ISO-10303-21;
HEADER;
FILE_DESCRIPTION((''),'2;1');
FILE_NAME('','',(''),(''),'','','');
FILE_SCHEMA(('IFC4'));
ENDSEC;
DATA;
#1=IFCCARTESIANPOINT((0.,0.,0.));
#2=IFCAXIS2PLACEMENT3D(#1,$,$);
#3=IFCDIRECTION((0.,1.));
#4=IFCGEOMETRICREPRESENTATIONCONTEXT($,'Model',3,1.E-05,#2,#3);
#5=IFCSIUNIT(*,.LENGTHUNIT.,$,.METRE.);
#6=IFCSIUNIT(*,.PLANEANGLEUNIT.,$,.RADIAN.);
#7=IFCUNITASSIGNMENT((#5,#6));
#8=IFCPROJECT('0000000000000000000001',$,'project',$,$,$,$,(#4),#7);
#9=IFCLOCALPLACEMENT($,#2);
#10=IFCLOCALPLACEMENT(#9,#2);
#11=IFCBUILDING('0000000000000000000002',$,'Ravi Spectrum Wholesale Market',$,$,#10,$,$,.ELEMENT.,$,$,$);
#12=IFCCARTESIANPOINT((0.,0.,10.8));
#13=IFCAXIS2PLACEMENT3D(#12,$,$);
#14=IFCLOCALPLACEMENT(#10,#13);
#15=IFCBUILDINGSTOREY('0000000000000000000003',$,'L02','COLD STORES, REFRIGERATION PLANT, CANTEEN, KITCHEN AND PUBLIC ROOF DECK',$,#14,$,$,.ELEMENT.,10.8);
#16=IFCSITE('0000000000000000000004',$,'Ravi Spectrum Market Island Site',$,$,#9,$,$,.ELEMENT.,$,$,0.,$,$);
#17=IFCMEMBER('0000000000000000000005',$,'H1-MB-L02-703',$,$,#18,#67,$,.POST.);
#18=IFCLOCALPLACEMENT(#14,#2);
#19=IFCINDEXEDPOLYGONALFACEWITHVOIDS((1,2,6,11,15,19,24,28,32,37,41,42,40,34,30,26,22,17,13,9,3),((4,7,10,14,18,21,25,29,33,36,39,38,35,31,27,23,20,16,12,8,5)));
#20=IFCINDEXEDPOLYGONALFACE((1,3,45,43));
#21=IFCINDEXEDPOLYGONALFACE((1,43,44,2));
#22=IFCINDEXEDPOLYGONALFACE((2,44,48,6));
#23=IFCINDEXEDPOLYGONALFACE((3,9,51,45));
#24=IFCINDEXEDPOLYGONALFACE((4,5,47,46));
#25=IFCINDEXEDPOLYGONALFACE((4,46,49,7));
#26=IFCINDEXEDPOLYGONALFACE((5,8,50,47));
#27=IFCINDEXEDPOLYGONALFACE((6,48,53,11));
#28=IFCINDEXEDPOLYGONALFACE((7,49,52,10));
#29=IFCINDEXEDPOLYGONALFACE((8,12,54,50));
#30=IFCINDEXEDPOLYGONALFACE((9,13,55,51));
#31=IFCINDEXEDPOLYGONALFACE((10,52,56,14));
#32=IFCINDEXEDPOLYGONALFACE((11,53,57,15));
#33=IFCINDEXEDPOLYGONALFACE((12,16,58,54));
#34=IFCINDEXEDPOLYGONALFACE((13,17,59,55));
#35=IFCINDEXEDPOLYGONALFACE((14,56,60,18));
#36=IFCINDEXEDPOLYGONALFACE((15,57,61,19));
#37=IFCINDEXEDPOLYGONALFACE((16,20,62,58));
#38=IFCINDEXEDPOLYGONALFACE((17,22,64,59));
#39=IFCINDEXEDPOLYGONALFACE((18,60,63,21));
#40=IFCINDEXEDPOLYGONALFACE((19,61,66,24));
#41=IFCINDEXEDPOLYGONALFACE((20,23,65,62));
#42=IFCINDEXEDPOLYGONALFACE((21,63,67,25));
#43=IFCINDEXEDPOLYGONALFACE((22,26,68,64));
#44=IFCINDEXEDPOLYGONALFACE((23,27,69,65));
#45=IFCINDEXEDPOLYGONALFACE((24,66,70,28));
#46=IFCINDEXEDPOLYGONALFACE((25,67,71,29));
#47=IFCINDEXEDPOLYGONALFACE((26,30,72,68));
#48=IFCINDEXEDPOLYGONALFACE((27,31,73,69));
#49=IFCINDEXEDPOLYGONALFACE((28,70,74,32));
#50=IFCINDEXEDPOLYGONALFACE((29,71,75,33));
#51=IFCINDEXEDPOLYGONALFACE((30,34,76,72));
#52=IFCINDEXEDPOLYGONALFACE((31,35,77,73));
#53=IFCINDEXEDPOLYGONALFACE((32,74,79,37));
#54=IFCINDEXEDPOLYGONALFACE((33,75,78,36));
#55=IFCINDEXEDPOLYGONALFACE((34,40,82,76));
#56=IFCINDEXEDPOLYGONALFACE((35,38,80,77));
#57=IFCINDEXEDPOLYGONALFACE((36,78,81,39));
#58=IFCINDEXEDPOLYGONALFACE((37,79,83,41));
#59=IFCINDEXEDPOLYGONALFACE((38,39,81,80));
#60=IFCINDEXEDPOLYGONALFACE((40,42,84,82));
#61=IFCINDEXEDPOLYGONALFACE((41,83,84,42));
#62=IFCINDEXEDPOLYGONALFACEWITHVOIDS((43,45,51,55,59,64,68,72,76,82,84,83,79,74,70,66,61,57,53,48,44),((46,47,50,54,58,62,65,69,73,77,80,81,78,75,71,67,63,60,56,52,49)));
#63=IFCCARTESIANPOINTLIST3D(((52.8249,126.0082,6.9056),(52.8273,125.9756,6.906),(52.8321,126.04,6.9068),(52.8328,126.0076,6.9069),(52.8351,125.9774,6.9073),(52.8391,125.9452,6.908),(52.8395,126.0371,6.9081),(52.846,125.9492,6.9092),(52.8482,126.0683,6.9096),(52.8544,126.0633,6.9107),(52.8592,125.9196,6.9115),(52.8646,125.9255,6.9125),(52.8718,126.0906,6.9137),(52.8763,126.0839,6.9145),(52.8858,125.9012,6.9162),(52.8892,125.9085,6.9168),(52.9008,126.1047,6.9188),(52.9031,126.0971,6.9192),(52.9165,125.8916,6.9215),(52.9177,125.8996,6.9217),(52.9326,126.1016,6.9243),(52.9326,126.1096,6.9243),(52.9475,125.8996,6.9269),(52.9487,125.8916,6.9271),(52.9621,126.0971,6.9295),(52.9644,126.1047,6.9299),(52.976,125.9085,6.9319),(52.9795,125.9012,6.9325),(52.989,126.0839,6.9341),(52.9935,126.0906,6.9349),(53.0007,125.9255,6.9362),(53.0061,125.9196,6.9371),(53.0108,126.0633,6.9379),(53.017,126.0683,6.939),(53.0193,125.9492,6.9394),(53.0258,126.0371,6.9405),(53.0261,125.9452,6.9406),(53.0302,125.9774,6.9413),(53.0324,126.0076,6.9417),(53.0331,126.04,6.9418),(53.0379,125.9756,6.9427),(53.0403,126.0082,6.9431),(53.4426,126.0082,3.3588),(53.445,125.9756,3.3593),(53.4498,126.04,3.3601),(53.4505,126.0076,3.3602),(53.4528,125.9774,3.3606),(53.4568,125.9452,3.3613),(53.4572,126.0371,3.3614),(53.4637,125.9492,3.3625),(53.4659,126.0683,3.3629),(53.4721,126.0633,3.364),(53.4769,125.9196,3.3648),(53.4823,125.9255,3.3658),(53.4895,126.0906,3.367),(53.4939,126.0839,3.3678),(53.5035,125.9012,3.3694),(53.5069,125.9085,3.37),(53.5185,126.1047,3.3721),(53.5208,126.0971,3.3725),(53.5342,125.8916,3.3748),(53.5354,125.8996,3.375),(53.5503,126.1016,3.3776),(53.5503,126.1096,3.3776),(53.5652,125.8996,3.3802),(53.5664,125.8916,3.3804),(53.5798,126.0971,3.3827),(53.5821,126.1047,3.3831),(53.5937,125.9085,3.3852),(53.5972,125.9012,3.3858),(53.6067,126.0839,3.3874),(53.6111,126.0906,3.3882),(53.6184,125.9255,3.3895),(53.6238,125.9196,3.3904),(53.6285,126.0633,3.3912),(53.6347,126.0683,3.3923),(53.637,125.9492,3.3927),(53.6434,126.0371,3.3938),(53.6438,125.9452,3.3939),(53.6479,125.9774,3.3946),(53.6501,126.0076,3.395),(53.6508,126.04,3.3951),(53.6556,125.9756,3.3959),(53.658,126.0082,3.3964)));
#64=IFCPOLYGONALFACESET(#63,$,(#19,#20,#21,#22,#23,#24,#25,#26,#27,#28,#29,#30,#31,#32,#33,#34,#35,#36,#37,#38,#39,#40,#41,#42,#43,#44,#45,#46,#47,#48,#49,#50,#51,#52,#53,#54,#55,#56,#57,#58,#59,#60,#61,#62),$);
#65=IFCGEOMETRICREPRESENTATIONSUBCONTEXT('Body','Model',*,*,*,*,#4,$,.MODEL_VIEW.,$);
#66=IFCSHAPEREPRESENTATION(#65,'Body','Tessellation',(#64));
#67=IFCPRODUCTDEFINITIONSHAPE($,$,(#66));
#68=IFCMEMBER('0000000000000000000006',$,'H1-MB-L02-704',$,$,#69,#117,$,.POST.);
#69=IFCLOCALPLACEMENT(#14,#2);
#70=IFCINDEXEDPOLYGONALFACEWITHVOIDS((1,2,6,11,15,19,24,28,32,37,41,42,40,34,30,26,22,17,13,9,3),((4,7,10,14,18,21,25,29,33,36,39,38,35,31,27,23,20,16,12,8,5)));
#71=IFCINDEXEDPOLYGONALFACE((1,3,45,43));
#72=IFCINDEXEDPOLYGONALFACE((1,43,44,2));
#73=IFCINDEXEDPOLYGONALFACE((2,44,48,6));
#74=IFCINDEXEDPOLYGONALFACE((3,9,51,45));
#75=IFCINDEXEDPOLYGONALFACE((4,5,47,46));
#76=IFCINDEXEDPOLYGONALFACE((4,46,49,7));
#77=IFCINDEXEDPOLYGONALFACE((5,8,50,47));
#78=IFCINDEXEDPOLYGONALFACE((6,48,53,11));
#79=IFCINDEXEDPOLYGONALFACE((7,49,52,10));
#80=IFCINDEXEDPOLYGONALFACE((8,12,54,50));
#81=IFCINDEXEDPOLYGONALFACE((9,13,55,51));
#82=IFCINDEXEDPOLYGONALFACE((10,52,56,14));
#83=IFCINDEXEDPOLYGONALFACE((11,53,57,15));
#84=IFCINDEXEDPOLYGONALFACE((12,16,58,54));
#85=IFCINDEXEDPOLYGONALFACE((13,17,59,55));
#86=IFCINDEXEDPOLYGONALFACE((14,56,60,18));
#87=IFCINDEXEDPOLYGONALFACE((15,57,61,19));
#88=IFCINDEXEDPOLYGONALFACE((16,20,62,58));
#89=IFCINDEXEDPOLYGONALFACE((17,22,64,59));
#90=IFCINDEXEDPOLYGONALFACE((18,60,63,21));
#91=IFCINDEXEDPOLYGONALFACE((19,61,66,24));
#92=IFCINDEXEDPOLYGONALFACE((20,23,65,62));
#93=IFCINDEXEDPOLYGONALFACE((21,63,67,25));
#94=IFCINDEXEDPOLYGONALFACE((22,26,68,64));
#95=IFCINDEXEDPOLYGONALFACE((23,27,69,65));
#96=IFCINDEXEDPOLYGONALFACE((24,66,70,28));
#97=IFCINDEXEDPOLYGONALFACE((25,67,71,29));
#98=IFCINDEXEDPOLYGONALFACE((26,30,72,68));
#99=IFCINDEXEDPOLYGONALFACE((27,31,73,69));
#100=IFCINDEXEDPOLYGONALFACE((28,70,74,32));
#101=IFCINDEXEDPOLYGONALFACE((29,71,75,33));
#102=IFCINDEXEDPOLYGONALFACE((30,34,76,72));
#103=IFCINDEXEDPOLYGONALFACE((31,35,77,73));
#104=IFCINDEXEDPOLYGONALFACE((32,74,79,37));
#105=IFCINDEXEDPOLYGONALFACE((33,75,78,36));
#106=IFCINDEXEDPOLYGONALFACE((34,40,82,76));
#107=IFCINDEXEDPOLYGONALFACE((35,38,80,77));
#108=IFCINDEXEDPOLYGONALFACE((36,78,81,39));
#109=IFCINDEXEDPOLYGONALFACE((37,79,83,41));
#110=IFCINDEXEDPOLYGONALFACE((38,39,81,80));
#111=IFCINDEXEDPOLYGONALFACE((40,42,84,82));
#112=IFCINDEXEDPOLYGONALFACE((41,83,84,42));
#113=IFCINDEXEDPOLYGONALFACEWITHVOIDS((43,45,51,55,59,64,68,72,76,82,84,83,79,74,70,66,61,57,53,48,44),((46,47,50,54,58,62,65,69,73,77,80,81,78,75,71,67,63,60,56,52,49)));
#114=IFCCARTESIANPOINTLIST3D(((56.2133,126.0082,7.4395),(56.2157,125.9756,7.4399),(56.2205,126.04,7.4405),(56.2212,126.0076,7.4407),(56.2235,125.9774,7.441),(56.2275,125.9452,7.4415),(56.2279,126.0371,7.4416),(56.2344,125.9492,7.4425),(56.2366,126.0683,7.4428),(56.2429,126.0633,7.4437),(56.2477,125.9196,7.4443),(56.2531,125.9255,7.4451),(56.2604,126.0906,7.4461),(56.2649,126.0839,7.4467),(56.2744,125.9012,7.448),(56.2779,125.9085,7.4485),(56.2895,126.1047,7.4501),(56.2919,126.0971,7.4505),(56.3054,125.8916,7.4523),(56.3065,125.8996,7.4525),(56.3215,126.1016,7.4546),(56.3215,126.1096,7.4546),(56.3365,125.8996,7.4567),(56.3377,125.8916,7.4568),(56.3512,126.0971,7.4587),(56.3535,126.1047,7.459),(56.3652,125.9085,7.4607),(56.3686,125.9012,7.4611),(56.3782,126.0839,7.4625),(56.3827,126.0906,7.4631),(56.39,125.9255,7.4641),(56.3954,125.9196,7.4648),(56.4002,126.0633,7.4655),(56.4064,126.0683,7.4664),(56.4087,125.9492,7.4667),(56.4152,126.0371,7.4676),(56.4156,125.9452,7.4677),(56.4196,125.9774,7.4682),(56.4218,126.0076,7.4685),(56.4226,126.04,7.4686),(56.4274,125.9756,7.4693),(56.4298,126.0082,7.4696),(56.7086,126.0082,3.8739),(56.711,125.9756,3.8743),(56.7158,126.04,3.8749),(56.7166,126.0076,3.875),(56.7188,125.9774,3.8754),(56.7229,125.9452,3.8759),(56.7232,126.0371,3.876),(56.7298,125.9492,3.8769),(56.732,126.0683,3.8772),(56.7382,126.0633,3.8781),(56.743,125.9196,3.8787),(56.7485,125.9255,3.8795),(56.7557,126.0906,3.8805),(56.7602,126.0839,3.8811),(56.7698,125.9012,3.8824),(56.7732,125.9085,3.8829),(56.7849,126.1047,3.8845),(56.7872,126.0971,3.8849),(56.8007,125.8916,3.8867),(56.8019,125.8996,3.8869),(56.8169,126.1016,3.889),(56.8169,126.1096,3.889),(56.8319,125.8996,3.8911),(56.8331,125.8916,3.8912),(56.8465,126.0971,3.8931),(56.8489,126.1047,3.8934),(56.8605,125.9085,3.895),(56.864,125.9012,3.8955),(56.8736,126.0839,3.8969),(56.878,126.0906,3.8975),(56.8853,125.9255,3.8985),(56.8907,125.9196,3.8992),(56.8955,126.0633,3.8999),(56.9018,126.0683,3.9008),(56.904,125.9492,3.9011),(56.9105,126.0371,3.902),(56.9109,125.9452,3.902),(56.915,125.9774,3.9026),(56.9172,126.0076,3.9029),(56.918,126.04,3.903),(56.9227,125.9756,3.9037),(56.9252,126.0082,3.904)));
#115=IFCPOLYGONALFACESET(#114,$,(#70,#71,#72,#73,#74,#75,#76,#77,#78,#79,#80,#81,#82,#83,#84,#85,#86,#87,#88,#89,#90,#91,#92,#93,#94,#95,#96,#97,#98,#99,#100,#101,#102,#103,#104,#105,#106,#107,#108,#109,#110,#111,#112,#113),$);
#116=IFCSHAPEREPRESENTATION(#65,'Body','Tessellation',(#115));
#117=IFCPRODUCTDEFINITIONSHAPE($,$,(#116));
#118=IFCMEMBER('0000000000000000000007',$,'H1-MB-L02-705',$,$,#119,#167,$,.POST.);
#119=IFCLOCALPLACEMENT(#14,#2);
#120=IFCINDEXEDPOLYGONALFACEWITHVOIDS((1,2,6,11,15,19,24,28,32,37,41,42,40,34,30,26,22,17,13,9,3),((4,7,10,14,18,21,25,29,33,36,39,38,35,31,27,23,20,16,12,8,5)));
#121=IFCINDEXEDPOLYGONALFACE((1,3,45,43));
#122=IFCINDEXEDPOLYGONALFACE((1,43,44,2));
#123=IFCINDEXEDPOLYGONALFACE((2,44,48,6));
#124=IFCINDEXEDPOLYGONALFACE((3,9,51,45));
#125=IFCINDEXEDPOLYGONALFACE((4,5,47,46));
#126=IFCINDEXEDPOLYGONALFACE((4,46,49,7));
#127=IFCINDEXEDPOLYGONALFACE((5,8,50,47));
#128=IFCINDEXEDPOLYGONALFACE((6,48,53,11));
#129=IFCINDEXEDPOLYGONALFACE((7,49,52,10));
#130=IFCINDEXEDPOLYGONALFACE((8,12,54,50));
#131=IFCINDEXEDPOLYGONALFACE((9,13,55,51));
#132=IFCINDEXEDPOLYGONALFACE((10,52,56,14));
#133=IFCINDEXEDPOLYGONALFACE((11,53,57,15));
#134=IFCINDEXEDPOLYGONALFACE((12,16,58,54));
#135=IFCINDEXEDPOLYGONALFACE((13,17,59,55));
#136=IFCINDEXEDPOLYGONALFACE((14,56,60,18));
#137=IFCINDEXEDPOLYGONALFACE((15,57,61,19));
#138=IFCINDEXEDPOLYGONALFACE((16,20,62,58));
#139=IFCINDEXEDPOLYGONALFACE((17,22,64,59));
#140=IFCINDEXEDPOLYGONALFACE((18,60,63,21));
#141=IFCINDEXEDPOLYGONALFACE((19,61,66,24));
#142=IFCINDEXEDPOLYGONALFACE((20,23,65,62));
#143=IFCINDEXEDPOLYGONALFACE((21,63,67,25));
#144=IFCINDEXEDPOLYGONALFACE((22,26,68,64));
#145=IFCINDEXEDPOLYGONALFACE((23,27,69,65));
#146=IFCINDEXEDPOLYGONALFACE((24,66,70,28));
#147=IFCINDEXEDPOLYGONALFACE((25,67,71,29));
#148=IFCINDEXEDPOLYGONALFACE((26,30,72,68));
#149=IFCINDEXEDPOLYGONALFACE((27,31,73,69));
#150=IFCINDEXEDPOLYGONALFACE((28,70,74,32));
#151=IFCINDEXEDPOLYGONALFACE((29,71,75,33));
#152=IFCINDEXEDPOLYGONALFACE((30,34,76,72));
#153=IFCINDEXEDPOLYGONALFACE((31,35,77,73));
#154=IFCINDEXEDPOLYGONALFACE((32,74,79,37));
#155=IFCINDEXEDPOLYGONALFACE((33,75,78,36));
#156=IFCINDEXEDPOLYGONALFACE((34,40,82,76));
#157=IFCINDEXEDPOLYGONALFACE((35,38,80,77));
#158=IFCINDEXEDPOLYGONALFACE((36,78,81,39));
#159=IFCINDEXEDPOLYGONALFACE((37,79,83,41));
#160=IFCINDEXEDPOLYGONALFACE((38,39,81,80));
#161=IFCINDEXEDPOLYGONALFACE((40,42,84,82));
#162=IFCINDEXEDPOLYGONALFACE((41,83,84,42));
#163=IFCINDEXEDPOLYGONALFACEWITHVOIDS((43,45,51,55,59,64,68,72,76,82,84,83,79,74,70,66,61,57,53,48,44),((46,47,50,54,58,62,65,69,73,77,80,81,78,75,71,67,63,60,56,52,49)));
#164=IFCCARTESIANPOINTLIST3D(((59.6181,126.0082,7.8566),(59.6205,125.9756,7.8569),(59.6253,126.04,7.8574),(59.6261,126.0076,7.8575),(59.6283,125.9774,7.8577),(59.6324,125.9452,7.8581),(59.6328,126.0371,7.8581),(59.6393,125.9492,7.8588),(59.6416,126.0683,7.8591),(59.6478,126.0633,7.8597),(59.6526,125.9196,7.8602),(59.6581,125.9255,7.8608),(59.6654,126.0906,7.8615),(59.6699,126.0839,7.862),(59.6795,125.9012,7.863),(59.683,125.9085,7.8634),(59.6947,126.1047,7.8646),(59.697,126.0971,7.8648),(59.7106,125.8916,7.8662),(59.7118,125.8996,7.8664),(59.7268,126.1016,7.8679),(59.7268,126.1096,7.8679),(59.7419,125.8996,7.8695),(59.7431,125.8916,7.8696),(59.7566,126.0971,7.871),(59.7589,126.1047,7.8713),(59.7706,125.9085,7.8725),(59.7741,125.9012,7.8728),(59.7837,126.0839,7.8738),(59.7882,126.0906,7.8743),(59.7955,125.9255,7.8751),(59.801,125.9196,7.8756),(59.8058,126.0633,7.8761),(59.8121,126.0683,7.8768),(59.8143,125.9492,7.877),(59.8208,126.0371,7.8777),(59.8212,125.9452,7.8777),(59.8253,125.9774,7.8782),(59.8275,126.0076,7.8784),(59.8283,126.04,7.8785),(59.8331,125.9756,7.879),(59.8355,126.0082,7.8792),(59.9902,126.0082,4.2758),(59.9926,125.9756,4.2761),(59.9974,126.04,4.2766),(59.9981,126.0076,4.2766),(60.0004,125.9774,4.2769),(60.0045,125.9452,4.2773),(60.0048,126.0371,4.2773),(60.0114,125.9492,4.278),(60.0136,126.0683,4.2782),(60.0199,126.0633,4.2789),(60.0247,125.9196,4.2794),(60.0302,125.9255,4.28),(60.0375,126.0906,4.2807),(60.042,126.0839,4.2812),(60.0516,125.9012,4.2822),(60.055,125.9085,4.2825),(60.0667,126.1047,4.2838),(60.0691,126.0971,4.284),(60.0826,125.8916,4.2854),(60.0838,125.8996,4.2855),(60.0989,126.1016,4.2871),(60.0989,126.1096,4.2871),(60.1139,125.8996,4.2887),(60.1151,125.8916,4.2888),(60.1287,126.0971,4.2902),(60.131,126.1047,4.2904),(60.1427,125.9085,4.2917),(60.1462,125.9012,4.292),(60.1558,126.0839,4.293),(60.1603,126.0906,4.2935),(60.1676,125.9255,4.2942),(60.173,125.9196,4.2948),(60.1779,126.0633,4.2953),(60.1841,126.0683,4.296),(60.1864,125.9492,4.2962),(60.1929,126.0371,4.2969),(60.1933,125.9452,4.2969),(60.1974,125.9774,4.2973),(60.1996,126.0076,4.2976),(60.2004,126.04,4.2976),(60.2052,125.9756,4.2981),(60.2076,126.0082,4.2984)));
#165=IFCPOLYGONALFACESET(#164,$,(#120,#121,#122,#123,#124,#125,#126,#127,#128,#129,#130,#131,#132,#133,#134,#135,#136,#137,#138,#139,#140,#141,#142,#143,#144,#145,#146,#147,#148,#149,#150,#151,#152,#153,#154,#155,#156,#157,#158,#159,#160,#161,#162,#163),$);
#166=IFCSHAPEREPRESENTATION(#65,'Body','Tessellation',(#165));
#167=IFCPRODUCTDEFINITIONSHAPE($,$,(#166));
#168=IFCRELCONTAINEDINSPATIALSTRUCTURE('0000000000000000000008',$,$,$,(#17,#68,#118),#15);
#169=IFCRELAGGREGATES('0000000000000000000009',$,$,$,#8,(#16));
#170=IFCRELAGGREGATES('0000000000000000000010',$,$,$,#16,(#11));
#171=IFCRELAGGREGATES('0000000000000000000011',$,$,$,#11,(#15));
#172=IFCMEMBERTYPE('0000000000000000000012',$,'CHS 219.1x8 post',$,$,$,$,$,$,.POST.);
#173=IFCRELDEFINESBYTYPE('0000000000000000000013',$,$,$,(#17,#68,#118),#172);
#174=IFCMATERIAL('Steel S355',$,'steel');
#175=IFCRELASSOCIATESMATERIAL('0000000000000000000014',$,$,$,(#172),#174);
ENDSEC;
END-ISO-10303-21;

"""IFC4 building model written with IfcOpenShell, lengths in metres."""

from ifc_helpers import new_model, si_unit, direction, frame, origin, origin_2d, place, context, subcontext, project, spatial, hollow_circle, extrude, material, material_profile, profile_set, type_object, element, save


model = new_model("IFC4")

# Units and contexts
model_context = context("Model", 3, precision=1e-05, world=origin(), true_north=direction((0.0, 1.0)))
body_context = subcontext(model_context, "Body", "Model", "MODEL_VIEW")
ifc_project = project(units=[si_unit("LENGTHUNIT", "METRE"), si_unit("PLANEANGLEUNIT", "RADIAN")], contexts=[model_context])

# Site, building, storey
site_placement = place(None, origin())
site = spatial("IfcSite", under=ifc_project, at=site_placement, Name="Ravi Spectrum Market Island Site", CompositionType="ELEMENT", RefElevation=0.0)
building_placement = place(site_placement, origin())
building = spatial("IfcBuilding", under=site, at=building_placement, Name="Ravi Spectrum Wholesale Market", CompositionType="ELEMENT")
storey_placement = place(building_placement, frame((0.0, 0.0, 10.8)))
storey = spatial("IfcBuildingStorey", under=building, at=storey_placement, Name="L02", Description="COLD STORES, REFRIGERATION PLANT, CANTEEN, KITCHEN AND PUBLIC ROOF DECK", CompositionType="ELEMENT", Elevation=10.8)

# Members
ifc_material_1 = material(Name="Steel S355", Category="steel")
ifc_material_profile_1 = material_profile(ifc_material_1, hollow_circle(Radius=0.1096, WallThickness=0.0081, at=origin_2d()))
ifc_profile_set_1 = profile_set([ifc_material_profile_1], Name="Steel S355")
member_type_1 = type_object("IfcMemberType", Name="CHS 219.1x8 post", PredefinedType="POST", material=ifc_profile_set_1)
for number, where, z_axis, x_axis, name in (
    (1, (52.9326, 126.0, 6.9243), (0.171576, 0.0, -0.985171), (0.0, 1.0, 0.0), "H1-MB-L02-703"),
):
    element("IfcMember", number, at=place(storey_placement, frame(where, z_axis=z_axis, x_axis=x_axis)), inside=storey, type_object=member_type_1, Name=name, PredefinedType="POST", context=body_context, shape_type="SweptSolid", body=[
        extrude(hollow_circle(Radius=0.1096, WallThickness=0.0081, at=origin_2d()), origin(), (0.0, 0.0, 1.0), 3.6001),
    ])
member_1_placement = place(storey_placement, frame((56.3215, 126.0, 7.4546), z_axis=(0.137603, 0.0, -0.990487), x_axis=(0.0, 1.0, 0.0)))
element("IfcMember", 2, at=member_1_placement, inside=storey, type_object=member_type_1, Name="H1-MB-L02-704", PredefinedType="POST", context=body_context, shape_type="SweptSolid", body=[
    extrude(hollow_circle(Radius=0.1096, WallThickness=0.0081, at=origin_2d()), origin(), (0.0, 0.0, 1.0), 3.5999),
])
member_2_placement = place(storey_placement, frame((59.7268, 126.0, 7.8679), z_axis=(0.10335, 0.0, -0.994645), x_axis=(0.0, 1.0, 0.0)))
element("IfcMember", 3, at=member_2_placement, inside=storey, type_object=member_type_1, Name="H1-MB-L02-705", PredefinedType="POST", context=body_context, shape_type="SweptSolid", body=[
    extrude(hollow_circle(Radius=0.1096, WallThickness=0.0081, at=origin_2d()), origin(), (0.0, 0.0, 1.0), 3.6001),
])

save(model, "model.ifc")
